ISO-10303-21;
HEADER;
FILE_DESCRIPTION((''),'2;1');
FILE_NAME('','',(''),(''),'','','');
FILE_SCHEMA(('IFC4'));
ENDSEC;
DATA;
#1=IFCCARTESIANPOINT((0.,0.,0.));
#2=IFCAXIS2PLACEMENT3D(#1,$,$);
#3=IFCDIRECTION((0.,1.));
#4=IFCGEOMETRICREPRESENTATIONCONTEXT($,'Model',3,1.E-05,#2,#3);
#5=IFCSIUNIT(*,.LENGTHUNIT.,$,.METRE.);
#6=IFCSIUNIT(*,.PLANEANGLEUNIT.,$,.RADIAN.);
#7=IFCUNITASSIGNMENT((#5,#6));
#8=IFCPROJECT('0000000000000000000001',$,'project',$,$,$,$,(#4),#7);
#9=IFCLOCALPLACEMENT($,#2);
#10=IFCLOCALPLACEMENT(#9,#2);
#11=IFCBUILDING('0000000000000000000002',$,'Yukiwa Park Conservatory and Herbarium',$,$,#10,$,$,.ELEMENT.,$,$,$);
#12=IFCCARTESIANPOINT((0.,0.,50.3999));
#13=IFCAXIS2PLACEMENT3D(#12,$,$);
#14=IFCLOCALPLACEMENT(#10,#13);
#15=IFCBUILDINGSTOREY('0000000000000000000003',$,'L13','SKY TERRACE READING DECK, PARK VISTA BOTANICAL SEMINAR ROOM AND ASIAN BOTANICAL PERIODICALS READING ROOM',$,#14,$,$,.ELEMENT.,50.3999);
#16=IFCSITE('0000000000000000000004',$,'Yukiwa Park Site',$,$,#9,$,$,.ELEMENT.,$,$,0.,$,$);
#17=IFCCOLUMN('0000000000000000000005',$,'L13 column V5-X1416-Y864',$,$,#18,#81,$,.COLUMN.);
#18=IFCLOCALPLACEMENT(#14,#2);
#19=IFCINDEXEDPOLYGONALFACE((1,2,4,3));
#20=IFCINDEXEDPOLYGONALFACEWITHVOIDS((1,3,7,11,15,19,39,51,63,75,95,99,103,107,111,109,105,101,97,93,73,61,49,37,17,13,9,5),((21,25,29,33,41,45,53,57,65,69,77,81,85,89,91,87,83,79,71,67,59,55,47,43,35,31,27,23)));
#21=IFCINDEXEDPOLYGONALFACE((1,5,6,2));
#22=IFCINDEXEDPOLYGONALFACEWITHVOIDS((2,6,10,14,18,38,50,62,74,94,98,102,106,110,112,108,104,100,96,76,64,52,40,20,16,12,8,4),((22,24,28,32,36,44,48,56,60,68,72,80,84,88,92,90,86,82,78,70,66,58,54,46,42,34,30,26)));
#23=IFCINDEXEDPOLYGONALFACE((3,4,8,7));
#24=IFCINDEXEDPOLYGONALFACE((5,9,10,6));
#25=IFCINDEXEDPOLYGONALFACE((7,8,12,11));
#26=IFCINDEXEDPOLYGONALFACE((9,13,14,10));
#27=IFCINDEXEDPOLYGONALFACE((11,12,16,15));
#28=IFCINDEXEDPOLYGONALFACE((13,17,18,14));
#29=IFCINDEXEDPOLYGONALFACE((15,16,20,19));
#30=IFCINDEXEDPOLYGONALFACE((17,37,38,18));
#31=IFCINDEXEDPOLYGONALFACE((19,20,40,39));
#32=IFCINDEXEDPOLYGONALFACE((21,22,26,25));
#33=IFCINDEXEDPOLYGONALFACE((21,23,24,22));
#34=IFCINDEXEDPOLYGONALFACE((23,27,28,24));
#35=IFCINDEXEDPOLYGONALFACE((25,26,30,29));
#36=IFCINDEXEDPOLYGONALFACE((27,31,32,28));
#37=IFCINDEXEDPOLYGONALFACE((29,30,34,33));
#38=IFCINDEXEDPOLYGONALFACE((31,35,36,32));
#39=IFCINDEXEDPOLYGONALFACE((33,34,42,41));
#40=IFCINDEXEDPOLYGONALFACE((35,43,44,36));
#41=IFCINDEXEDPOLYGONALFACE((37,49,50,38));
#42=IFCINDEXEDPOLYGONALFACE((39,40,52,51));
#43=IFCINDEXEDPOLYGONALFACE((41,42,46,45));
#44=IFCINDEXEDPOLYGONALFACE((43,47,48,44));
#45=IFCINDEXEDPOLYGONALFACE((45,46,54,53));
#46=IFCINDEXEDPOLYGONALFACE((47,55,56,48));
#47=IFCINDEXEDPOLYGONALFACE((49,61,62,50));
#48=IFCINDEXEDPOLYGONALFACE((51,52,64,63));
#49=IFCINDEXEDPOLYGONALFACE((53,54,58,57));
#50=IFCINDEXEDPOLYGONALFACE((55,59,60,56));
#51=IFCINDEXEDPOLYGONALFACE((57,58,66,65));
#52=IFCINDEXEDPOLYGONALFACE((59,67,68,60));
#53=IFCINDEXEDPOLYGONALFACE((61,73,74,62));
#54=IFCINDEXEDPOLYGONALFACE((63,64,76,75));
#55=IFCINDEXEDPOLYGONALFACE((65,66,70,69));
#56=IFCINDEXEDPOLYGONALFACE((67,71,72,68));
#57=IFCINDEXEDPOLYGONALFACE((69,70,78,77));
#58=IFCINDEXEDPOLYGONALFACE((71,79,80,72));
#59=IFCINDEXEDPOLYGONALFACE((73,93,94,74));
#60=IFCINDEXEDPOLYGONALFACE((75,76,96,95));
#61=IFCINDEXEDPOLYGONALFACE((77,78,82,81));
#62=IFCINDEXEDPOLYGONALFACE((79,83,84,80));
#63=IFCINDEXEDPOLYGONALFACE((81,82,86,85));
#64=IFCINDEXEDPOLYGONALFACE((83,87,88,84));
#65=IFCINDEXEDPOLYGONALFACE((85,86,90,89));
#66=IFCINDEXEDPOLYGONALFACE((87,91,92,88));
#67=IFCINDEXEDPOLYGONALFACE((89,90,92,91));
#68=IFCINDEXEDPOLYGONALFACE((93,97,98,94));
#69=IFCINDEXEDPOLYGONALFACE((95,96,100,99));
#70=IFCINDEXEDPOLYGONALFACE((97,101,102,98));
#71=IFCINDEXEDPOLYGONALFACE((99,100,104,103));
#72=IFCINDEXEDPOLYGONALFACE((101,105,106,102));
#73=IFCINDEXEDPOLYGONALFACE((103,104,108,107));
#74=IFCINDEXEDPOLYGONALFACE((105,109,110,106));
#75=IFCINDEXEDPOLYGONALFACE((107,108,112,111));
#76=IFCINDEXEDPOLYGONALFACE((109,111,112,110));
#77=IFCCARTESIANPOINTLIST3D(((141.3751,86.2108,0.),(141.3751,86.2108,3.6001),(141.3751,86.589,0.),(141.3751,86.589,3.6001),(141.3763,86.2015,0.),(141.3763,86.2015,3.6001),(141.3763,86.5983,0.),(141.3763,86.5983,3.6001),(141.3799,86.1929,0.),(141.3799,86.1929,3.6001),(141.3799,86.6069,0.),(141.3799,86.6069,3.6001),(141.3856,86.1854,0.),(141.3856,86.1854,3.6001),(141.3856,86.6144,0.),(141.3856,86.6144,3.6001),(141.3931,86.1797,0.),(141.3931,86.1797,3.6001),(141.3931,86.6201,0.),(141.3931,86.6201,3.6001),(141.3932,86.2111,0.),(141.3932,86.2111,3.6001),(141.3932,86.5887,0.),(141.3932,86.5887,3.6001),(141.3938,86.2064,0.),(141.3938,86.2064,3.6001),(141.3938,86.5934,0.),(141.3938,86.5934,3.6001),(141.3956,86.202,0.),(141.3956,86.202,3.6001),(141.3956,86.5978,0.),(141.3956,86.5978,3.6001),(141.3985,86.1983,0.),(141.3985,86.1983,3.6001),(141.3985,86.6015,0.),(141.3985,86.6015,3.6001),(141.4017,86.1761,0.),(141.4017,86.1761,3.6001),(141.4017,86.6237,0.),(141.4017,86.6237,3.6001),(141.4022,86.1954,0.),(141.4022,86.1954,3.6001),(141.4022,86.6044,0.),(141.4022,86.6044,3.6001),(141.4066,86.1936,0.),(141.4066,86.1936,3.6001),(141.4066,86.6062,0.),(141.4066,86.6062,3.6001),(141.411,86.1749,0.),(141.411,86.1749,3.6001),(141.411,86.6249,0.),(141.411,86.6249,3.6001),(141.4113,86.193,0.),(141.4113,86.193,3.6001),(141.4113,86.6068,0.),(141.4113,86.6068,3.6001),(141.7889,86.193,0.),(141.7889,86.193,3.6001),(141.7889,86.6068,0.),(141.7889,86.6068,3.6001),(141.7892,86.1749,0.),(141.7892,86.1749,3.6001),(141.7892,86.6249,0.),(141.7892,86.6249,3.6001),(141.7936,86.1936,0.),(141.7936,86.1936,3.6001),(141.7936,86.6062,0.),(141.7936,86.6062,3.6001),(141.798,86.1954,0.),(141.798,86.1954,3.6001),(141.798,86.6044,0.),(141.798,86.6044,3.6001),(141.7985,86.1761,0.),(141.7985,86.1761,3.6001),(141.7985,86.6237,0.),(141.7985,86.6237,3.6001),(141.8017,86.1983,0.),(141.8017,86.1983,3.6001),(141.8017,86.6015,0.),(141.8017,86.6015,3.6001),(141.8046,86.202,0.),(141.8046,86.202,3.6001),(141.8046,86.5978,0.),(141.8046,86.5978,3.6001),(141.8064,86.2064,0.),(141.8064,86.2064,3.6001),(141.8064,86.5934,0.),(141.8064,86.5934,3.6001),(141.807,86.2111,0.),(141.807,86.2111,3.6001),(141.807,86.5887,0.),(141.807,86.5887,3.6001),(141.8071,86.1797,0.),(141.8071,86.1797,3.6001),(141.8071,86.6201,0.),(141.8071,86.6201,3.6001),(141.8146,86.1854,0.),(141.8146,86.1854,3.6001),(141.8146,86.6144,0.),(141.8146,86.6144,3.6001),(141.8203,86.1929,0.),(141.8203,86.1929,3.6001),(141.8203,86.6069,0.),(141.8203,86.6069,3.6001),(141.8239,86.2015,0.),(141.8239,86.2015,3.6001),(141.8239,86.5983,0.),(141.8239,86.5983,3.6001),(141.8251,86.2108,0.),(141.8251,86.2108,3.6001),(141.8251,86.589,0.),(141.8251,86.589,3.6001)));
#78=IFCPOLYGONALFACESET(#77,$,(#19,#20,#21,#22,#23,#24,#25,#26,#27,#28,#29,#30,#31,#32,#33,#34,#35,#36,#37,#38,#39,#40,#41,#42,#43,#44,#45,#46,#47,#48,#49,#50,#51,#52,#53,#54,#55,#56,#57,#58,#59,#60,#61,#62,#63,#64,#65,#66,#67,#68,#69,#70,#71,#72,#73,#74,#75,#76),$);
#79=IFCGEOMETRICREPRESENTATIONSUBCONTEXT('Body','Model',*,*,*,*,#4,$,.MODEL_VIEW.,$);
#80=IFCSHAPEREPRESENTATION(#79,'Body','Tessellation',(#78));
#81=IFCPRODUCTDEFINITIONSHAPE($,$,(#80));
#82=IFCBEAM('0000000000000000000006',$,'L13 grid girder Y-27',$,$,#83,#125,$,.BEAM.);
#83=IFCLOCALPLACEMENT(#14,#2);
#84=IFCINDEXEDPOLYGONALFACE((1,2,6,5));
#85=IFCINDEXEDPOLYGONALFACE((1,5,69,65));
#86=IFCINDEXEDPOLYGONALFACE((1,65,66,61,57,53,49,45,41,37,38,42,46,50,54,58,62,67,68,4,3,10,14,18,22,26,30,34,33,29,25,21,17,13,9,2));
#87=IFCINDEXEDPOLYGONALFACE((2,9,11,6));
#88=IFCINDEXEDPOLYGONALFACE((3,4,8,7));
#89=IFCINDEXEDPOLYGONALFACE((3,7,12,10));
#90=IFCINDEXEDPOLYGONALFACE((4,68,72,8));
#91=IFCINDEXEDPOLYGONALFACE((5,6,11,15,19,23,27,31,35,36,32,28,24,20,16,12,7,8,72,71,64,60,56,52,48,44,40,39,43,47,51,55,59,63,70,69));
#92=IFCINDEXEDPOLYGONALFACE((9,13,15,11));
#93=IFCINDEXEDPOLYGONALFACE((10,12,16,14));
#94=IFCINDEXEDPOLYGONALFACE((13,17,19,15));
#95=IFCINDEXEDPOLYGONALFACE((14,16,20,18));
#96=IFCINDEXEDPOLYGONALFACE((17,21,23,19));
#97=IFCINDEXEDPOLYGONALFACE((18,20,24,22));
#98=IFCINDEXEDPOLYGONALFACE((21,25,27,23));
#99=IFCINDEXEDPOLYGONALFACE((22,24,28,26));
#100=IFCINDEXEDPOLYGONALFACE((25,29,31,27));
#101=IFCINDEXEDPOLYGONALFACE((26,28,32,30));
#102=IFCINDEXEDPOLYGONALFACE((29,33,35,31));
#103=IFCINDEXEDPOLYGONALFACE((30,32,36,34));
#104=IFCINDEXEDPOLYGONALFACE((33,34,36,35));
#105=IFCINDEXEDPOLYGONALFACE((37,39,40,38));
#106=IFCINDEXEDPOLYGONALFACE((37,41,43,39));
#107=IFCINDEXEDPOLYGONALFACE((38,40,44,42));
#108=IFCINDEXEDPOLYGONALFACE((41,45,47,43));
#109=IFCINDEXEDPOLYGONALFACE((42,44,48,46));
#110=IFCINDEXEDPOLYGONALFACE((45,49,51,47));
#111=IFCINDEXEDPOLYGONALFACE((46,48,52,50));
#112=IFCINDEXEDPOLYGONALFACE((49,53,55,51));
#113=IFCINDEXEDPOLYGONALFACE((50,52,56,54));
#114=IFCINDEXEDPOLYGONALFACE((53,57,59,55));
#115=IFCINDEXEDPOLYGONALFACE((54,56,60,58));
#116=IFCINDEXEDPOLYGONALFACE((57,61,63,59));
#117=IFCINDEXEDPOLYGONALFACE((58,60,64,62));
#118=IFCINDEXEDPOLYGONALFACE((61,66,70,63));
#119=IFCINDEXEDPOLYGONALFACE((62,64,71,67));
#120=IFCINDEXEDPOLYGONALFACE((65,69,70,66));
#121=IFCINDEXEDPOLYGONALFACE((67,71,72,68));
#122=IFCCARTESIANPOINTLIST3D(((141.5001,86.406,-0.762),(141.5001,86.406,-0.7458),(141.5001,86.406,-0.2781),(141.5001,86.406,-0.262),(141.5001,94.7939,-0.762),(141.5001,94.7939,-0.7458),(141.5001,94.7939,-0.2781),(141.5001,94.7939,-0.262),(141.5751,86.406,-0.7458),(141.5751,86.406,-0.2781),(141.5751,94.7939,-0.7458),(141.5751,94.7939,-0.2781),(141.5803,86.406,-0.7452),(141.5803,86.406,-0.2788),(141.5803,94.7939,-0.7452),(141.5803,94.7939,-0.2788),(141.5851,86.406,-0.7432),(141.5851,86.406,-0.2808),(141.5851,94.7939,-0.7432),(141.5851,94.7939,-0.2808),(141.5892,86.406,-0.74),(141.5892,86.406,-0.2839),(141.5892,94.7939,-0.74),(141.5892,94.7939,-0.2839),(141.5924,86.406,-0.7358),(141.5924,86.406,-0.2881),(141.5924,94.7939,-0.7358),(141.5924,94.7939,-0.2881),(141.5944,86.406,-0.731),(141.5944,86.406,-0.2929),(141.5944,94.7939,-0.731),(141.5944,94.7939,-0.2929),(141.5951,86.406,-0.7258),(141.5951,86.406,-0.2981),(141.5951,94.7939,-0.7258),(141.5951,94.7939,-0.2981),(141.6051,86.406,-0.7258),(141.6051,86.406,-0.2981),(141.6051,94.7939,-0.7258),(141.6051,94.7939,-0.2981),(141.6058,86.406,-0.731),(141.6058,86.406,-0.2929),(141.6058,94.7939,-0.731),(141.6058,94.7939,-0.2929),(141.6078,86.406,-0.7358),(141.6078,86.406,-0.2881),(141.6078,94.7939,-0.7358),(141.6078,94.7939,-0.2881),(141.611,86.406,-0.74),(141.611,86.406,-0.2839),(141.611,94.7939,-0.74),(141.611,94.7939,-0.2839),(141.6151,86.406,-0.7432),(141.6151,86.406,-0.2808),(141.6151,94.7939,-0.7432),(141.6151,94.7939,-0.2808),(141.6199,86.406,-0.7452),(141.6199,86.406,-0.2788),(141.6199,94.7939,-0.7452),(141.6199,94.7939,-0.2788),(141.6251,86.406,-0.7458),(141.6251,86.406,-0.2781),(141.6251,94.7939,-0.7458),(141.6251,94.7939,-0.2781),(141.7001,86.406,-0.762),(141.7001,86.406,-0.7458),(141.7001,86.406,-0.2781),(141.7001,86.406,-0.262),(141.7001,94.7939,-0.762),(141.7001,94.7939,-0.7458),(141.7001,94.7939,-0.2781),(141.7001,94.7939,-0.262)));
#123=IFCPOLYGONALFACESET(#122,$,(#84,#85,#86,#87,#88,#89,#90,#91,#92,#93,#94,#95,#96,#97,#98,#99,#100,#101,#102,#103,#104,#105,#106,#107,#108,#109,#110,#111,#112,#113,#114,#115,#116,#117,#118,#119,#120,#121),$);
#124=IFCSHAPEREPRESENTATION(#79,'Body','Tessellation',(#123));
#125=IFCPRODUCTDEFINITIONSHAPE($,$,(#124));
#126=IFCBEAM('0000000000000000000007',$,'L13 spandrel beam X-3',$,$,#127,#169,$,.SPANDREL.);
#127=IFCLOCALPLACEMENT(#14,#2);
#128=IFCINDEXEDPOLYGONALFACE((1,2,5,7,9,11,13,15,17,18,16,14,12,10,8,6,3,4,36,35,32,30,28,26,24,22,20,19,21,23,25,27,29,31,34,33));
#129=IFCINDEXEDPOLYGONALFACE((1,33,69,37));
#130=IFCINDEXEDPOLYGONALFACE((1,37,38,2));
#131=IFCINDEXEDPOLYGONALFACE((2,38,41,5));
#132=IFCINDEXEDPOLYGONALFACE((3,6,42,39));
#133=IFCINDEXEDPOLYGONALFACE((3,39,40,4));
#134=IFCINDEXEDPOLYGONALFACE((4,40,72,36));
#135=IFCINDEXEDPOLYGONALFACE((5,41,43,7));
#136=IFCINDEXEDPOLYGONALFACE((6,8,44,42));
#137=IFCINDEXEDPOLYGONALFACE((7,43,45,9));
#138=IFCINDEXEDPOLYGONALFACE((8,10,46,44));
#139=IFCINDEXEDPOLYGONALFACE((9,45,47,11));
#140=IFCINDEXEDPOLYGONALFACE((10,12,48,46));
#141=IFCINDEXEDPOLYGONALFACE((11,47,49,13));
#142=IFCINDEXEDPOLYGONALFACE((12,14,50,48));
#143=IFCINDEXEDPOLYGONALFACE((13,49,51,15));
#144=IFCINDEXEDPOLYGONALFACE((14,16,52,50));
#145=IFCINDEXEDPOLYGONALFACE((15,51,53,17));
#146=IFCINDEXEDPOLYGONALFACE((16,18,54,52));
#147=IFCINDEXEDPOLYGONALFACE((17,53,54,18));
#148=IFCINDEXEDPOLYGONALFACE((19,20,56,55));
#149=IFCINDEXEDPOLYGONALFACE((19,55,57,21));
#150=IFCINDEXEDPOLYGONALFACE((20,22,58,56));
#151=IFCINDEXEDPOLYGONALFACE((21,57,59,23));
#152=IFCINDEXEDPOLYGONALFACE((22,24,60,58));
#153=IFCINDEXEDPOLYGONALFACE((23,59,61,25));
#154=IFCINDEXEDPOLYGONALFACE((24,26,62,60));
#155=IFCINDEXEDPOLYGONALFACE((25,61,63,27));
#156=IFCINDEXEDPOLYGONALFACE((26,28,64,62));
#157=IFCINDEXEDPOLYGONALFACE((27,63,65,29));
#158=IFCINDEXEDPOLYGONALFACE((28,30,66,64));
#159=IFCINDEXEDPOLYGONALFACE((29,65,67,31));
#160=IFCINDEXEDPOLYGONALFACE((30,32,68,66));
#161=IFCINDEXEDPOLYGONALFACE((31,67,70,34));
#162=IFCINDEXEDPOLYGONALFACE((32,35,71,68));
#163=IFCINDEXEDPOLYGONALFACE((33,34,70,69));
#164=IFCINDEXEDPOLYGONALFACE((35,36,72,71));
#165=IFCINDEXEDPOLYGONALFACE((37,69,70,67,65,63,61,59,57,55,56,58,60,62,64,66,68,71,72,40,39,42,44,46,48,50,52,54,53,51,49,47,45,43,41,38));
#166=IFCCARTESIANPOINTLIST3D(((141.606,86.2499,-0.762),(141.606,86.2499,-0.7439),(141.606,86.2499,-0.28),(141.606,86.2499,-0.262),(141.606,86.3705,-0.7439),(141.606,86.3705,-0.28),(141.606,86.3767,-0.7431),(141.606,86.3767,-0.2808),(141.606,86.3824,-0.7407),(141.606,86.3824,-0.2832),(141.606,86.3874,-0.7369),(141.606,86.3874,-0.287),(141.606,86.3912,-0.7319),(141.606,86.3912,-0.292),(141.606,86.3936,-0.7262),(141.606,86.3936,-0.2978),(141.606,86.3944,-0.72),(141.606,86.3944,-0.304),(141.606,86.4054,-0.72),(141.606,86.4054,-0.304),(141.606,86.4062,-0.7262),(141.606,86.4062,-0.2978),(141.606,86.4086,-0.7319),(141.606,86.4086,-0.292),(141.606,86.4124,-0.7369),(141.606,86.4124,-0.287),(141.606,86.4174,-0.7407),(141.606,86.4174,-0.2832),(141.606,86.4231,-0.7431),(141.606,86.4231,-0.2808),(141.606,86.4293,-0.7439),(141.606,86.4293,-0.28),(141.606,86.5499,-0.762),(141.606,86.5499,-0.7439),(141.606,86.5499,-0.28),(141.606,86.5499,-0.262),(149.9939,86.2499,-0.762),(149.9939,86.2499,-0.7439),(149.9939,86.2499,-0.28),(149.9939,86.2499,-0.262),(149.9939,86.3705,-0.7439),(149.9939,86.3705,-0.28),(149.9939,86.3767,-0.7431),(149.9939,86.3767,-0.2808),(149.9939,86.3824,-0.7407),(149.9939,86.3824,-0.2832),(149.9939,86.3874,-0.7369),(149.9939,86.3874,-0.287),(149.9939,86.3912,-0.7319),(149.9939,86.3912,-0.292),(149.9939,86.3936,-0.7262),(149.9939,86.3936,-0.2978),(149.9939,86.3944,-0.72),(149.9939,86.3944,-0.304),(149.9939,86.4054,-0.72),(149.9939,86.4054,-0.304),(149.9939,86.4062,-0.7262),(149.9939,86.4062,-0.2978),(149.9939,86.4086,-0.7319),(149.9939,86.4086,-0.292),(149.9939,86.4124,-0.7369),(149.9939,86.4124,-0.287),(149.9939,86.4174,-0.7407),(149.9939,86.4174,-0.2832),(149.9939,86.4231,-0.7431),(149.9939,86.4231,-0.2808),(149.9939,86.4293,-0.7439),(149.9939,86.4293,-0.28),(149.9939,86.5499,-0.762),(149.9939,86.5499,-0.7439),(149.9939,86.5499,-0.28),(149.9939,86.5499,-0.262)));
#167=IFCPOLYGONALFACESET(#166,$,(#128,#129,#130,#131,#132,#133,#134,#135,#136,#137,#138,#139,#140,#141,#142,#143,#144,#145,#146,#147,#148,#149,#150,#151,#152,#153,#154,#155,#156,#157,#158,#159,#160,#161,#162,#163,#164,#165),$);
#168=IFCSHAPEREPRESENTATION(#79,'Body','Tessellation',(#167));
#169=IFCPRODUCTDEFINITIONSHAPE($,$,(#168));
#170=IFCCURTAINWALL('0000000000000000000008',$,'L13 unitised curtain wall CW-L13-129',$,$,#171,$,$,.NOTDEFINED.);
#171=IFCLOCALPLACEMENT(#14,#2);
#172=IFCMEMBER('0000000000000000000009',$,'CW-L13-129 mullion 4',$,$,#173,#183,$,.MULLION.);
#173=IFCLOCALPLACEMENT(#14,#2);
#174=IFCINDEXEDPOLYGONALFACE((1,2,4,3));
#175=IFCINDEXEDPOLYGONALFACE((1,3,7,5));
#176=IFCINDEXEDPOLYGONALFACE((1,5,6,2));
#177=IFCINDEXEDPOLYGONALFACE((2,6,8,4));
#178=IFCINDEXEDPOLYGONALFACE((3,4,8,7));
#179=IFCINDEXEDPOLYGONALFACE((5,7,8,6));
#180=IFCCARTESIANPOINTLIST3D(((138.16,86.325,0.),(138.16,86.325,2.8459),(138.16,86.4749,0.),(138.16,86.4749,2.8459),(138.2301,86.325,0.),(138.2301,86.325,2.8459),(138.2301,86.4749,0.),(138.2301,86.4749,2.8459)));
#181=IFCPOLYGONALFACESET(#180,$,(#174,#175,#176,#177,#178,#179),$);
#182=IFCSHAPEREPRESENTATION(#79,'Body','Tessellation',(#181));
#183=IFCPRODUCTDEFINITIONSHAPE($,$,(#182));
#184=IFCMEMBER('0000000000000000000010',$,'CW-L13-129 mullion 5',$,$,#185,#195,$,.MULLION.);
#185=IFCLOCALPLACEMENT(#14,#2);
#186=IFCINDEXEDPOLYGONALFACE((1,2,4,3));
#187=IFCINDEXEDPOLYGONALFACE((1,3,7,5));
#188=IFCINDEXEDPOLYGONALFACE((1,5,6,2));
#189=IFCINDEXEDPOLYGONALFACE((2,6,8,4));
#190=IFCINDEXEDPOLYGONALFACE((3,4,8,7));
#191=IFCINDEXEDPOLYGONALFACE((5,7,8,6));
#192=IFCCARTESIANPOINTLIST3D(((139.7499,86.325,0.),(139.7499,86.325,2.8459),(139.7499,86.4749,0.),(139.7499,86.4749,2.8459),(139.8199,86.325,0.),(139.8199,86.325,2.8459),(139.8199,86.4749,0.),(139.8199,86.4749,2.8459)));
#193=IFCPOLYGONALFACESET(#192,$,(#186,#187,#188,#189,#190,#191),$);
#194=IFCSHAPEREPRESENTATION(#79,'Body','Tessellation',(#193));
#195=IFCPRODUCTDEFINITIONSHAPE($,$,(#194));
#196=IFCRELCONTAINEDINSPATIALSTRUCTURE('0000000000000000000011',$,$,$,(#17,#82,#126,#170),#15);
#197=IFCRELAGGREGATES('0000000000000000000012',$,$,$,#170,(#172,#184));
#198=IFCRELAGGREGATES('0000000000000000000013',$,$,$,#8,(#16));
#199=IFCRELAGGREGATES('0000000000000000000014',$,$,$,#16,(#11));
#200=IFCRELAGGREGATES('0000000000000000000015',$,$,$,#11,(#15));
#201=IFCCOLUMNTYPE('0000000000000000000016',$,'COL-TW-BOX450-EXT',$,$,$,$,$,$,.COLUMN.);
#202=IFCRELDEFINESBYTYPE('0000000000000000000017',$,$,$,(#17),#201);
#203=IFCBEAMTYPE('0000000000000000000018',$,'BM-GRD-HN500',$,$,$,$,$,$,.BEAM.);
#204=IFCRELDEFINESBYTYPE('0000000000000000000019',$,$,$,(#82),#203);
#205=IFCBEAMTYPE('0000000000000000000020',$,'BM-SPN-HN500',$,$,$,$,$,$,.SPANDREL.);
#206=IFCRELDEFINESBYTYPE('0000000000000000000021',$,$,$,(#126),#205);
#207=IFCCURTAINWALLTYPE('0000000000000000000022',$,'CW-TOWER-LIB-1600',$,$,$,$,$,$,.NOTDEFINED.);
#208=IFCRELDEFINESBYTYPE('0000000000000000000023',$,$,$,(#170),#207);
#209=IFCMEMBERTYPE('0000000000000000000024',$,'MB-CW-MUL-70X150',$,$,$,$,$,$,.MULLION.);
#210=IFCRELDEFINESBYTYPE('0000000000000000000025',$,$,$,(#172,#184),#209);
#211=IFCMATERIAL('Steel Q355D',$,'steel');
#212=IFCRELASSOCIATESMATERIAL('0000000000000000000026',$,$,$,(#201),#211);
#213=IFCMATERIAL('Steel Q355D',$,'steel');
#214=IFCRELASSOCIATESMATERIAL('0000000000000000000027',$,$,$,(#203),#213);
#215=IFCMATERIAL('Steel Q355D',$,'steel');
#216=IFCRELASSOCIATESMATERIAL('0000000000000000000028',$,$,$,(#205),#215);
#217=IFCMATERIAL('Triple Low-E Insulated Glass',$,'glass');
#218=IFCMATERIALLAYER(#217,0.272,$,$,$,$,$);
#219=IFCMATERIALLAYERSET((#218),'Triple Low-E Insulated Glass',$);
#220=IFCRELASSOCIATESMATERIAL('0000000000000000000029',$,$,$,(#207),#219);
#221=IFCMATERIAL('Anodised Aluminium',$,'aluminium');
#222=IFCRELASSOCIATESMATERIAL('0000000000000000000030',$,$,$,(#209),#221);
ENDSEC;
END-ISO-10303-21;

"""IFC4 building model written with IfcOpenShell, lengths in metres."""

from ifc_helpers import new_model, si_unit, direction, frame, origin, origin_2d, place, context, subcontext, project, spatial, rectangle, hollow_rectangle, i_section, extrude, material, layer, layer_set, material_profile, profile_set, type_object, element, aggregate, save


model = new_model("IFC4")

# Units and contexts
model_context = context("Model", 3, precision=1e-05, world=origin(), true_north=direction((0.0, 1.0)))
body_context = subcontext(model_context, "Body", "Model", "MODEL_VIEW")
ifc_project = project(units=[si_unit("LENGTHUNIT", "METRE"), si_unit("PLANEANGLEUNIT", "RADIAN")], contexts=[model_context])

# Site, building, storey
site_placement = place(None, origin())
site = spatial("IfcSite", under=ifc_project, at=site_placement, Name="Yukiwa Park Site", CompositionType="ELEMENT", RefElevation=0.0)
building_placement = place(site_placement, origin())
building = spatial("IfcBuilding", under=site, at=building_placement, Name="Yukiwa Park Conservatory and Herbarium", CompositionType="ELEMENT")
storey_placement = place(building_placement, frame((0.0, 0.0, 50.3999)))
storey = spatial("IfcBuildingStorey", under=building, at=storey_placement, Name="L13", Description="SKY TERRACE READING DECK, PARK VISTA BOTANICAL SEMINAR ROOM AND ASIAN BOTANICAL PERIODICALS READING ROOM", CompositionType="ELEMENT", Elevation=50.3999)

# Column
ifc_material_1 = material(Name="Steel Q355D", Category="steel")
ifc_material_profile_1 = material_profile(ifc_material_1, hollow_rectangle(XDim=0.45, YDim=0.45, WallThickness=0.0181, InnerFilletRadius=0.0181, OuterFilletRadius=0.0359, at=origin_2d()), Name="BOX 450x450x18")
ifc_profile_set_1 = profile_set([ifc_material_profile_1], Name="Steel Q355D")
column_type = type_object("IfcColumnType", Name="COL-TW-BOX450-EXT", PredefinedType="COLUMN", material=ifc_profile_set_1)
column_placement = place(storey_placement, frame((141.6001, 86.3999, 0.0), z_axis=(0.0, 0.0, 1.0), x_axis=(1.0, 0.0, 0.0)))
element("IfcColumn", 1, at=column_placement, inside=storey, type_object=column_type, Name="L13 column V5-X1416-Y864", PredefinedType="COLUMN", context=body_context, shape_type="SweptSolid", body=[
    extrude(hollow_rectangle(XDim=0.45, YDim=0.45, WallThickness=0.0181, InnerFilletRadius=0.0181, OuterFilletRadius=0.0359, at=origin_2d()), origin(), (0.0, 0.0, 1.0), 3.6001),
])

# Beams
ifc_material_2 = material(Name="Steel Q355D", Category="steel")
ifc_material_profile_2 = material_profile(ifc_material_2, i_section(OverallWidth=0.2, OverallDepth=0.5, WebThickness=0.01, FlangeThickness=0.0161, FilletRadius=0.02, at=origin_2d()), Name="HN 500x200x10x16")
ifc_profile_set_2 = profile_set([ifc_material_profile_2], Name="Steel Q355D")
beam_type_1 = type_object("IfcBeamType", Name="BM-GRD-HN500", PredefinedType="BEAM", material=ifc_profile_set_2)
beam_1_placement = place(storey_placement, frame((141.6001, 86.406, -0.512), z_axis=(0.0, 1.0, 0.0), x_axis=(-1.0, 0.0, 0.0)))
element("IfcBeam", 2, at=beam_1_placement, inside=storey, type_object=beam_type_1, Name="L13 grid girder Y-27", PredefinedType="BEAM", context=body_context, shape_type="SweptSolid", body=[
    extrude(i_section(OverallWidth=0.2, OverallDepth=0.5, WebThickness=0.01, FlangeThickness=0.0161, FilletRadius=0.02, at=origin_2d()), origin(), (0.0, 0.0, 1.0), 8.3879),
])
ifc_material_3 = material(Name="Steel Q355D", Category="steel")
ifc_material_profile_3 = material_profile(ifc_material_3, i_section(OverallWidth=0.3, OverallDepth=0.5, WebThickness=0.011, FlangeThickness=0.0181, FilletRadius=0.0239, at=origin_2d()), Name="HM 500x300x11x18")
ifc_profile_set_3 = profile_set([ifc_material_profile_3], Name="Steel Q355D")
beam_type_2 = type_object("IfcBeamType", Name="BM-SPN-HN500", PredefinedType="SPANDREL", material=ifc_profile_set_3)
beam_2_placement = place(storey_placement, frame((141.606, 86.3999, -0.512), z_axis=(1.0, 0.0, 0.0), x_axis=(0.0, 1.0, 0.0)))
element("IfcBeam", 3, at=beam_2_placement, inside=storey, type_object=beam_type_2, Name="L13 spandrel beam X-3", PredefinedType="SPANDREL", context=body_context, shape_type="SweptSolid", body=[
    extrude(i_section(OverallWidth=0.3, OverallDepth=0.5, WebThickness=0.011, FlangeThickness=0.0181, FilletRadius=0.0239, at=origin_2d()), origin(), (0.0, 0.0, 1.0), 8.3879),
])

# Curtain wall, members
ifc_material_4 = material(Name="Triple Low-E Insulated Glass", Category="glass")
ifc_layer_1 = layer(ifc_material_4, 0.272)
ifc_layer_set_1 = layer_set([ifc_layer_1], Name="Triple Low-E Insulated Glass")
curtain_wall_type = type_object("IfcCurtainWallType", Name="CW-TOWER-LIB-1600", PredefinedType="NOTDEFINED", material=ifc_layer_set_1)
curtain_wall_1_placement = place(storey_placement, origin())
curtain_wall_1 = element("IfcCurtainWall", 4, at=curtain_wall_1_placement, inside=storey, type_object=curtain_wall_type, Name="L13 unitised curtain wall CW-L13-129", PredefinedType="NOTDEFINED")
ifc_material_5 = material(Name="Anodised Aluminium", Category="aluminium")
member_type_1 = type_object("IfcMemberType", Name="MB-CW-MUL-70X150", PredefinedType="MULLION", material=ifc_material_5)
member_1_placement = place(storey_placement, frame((138.1951, 86.3999, 0.0), z_axis=(0.0, 0.0, 1.0), x_axis=(1.0, 0.0, 0.0)))
member_1 = element("IfcMember", 5, at=member_1_placement, type_object=member_type_1, Name="CW-L13-129 mullion 4", PredefinedType="MULLION", context=body_context, shape_type="SweptSolid", body=[
    extrude(rectangle(XDim=0.0701, YDim=0.1499, at=origin_2d()), origin(), (0.0, 0.0, 1.0), 2.8459),
])
member_2_placement = place(storey_placement, frame((139.7849, 86.3999, 0.0), z_axis=(0.0, 0.0, 1.0), x_axis=(1.0, 0.0, 0.0)))
member_2 = element("IfcMember", 6, at=member_2_placement, type_object=member_type_1, Name="CW-L13-129 mullion 5", PredefinedType="MULLION", context=body_context, shape_type="SweptSolid", body=[
    extrude(rectangle(XDim=0.0701, YDim=0.1499, at=origin_2d()), origin(), (0.0, 0.0, 1.0), 2.8459),
])

aggregate(curtain_wall_1, [member_1, member_2])

save(model, "model.ifc")
